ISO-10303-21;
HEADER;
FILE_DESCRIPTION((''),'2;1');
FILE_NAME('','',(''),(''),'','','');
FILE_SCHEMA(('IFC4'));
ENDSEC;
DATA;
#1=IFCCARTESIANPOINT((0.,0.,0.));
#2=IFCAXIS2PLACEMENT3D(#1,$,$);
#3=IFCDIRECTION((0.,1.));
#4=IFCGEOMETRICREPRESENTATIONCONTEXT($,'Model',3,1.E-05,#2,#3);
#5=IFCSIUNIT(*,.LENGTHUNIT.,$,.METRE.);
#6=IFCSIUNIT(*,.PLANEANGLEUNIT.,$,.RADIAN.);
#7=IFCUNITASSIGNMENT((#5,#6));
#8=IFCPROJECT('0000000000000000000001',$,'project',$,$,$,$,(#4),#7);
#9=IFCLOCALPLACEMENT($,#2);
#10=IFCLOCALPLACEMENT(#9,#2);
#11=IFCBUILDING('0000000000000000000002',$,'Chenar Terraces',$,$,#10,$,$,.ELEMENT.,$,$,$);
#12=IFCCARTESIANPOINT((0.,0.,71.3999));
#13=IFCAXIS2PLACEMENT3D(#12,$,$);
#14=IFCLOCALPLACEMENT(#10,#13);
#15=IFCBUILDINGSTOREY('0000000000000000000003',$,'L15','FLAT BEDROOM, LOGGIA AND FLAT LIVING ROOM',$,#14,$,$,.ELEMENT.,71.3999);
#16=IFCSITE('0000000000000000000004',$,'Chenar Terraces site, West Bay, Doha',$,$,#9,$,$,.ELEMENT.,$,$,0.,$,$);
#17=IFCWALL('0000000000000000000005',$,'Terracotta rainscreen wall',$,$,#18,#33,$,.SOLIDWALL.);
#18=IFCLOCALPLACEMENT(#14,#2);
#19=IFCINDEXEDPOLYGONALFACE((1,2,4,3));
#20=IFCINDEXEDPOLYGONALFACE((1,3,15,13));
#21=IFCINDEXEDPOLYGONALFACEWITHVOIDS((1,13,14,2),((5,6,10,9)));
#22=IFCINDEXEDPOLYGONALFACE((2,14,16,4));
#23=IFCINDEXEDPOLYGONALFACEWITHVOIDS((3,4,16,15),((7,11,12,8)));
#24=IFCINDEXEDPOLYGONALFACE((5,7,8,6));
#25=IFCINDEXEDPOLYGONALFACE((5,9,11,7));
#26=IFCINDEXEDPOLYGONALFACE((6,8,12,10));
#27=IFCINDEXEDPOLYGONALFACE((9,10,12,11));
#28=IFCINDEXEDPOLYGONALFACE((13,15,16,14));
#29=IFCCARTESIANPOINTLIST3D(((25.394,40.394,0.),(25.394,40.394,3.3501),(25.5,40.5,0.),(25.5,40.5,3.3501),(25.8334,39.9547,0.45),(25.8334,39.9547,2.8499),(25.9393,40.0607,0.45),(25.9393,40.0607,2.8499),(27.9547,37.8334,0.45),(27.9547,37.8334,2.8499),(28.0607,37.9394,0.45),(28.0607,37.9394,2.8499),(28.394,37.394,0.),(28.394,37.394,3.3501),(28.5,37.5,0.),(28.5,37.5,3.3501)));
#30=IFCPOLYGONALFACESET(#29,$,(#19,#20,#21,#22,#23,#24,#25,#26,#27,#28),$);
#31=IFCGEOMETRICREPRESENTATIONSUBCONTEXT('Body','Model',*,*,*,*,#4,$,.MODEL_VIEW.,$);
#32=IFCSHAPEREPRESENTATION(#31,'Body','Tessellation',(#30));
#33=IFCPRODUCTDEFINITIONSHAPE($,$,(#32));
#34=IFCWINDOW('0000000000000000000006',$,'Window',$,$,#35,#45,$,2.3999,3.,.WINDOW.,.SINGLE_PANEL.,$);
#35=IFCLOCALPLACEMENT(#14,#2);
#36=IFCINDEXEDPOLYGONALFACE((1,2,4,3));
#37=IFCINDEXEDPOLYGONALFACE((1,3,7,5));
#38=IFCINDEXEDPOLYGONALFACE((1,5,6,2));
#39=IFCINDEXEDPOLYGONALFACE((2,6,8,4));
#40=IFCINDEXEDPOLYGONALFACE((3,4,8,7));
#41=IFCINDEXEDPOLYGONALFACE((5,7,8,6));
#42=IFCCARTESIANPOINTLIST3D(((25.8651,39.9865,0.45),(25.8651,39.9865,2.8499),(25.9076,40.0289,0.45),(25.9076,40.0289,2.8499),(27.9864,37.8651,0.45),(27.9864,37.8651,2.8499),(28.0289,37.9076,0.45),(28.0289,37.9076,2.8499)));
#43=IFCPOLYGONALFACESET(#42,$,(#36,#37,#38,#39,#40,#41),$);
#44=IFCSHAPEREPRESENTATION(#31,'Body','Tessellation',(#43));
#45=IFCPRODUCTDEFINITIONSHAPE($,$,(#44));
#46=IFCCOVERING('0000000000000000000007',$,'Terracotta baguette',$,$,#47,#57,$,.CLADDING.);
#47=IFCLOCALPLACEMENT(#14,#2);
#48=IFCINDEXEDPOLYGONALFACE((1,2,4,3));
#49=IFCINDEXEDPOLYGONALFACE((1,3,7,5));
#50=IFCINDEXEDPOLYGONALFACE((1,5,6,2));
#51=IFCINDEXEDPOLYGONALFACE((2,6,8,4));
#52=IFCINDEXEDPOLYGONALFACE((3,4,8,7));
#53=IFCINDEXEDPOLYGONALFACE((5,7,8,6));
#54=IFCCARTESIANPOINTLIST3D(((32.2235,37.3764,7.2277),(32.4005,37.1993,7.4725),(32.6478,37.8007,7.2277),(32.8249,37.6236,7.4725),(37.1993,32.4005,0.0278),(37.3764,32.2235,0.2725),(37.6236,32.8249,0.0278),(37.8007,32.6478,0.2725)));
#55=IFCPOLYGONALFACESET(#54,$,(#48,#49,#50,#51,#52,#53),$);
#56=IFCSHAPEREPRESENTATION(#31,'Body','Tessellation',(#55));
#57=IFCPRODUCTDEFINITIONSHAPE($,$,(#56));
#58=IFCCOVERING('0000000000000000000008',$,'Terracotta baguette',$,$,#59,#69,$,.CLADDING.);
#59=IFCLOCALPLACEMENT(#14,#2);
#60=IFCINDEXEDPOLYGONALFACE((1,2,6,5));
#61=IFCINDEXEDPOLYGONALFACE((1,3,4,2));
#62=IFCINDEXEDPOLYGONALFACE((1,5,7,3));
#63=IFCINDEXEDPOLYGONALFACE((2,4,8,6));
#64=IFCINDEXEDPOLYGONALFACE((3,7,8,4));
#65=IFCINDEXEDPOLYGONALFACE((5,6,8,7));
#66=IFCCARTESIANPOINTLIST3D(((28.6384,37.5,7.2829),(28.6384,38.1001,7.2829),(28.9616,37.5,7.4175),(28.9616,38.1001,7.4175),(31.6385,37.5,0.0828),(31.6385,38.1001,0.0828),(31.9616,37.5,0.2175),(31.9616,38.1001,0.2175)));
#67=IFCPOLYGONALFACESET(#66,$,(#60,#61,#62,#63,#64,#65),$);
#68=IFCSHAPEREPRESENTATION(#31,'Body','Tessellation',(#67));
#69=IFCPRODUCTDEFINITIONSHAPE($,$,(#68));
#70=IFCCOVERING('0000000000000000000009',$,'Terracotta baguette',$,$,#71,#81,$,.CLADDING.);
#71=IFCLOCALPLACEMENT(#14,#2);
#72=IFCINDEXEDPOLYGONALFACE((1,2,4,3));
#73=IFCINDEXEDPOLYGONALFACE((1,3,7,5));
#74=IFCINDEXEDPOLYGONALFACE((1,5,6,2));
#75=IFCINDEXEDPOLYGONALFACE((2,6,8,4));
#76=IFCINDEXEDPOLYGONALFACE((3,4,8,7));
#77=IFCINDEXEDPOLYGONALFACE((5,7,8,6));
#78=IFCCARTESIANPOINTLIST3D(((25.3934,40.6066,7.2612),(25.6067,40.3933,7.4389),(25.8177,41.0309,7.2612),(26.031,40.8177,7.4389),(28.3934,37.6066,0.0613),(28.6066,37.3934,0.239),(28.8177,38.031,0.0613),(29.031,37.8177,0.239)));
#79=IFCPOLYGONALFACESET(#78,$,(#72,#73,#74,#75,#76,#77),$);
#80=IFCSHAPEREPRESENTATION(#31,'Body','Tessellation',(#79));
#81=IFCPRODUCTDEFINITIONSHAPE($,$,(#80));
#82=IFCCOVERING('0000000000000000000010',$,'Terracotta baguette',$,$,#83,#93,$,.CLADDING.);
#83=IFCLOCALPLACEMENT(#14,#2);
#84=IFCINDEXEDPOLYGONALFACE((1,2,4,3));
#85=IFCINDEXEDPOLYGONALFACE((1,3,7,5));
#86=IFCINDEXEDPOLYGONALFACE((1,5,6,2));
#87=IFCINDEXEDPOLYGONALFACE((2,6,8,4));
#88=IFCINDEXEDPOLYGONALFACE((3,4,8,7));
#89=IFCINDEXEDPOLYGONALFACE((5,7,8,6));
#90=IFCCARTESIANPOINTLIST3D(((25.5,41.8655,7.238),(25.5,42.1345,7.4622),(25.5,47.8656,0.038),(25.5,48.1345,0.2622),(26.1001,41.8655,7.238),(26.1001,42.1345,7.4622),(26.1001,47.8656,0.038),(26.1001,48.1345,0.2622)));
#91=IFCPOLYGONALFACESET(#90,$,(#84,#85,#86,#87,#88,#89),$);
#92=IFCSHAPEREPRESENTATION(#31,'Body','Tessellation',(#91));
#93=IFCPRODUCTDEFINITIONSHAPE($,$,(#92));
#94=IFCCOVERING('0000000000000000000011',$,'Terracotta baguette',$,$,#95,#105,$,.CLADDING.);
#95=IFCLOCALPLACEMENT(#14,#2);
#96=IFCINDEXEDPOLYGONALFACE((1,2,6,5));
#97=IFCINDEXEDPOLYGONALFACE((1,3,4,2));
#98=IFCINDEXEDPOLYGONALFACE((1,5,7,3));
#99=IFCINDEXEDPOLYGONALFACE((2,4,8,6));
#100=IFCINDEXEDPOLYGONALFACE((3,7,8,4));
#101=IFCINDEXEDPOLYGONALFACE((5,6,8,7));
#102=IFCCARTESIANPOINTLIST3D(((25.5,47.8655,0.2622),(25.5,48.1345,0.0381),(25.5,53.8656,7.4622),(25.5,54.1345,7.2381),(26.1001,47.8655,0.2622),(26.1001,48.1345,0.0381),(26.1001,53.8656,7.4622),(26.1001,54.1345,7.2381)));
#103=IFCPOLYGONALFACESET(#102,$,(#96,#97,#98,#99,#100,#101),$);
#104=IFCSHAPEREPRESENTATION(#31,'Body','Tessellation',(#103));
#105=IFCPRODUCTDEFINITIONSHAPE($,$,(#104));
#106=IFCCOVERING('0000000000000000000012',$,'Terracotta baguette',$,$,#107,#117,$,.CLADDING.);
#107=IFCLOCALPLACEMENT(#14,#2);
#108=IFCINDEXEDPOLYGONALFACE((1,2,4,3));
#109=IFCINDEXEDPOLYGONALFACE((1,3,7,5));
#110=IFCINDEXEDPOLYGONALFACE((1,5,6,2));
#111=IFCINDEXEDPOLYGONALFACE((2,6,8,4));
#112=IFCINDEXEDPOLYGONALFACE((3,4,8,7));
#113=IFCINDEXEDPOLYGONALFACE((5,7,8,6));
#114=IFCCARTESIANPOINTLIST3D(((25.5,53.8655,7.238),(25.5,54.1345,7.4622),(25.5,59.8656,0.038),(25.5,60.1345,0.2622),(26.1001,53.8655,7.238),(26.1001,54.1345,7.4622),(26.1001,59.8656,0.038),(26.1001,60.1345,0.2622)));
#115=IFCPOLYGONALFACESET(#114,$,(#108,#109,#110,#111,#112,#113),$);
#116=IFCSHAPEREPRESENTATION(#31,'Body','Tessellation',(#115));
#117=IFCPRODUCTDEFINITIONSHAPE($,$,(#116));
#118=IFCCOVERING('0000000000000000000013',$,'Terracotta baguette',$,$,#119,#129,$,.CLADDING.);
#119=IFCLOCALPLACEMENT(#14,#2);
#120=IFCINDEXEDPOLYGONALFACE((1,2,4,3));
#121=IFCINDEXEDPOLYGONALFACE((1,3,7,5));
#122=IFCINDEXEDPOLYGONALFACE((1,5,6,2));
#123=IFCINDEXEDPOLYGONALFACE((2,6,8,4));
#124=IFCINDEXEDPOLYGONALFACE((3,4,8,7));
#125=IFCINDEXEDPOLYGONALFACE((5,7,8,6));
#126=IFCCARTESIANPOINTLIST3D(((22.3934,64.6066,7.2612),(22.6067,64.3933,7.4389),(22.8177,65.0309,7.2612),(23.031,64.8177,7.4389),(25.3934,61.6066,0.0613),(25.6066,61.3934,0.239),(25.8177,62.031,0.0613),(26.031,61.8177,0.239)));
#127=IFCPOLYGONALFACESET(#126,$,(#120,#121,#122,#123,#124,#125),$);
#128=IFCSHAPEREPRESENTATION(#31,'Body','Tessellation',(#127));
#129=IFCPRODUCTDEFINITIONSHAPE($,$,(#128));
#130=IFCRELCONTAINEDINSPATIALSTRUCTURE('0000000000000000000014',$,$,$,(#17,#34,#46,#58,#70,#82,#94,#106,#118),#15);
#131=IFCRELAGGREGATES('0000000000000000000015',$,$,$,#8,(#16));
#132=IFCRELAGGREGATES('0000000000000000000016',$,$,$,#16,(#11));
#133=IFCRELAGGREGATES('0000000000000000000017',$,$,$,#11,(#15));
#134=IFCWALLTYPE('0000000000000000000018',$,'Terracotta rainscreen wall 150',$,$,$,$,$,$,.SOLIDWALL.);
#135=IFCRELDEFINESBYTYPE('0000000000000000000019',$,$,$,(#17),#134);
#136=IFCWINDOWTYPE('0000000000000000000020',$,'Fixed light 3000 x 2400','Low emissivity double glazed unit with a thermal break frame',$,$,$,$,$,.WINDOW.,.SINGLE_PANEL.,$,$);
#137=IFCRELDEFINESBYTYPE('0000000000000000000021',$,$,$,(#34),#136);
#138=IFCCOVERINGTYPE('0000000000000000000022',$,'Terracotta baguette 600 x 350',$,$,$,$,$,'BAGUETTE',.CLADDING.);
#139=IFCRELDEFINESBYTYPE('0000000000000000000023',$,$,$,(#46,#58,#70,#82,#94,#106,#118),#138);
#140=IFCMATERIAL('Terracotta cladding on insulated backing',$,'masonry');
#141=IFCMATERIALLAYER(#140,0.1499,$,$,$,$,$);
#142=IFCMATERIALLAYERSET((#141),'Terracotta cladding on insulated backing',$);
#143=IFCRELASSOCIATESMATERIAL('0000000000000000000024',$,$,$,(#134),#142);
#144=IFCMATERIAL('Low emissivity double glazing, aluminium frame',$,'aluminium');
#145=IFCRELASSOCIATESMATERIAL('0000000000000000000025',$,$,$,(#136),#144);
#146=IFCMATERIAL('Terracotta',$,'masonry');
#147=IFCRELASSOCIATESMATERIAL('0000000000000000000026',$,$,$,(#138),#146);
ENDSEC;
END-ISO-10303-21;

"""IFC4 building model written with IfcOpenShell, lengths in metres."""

from ifc_helpers import new_model, si_unit, direction, frame, frame_2d, origin, origin_2d, place, context, subcontext, project, spatial, rectangle, extrude, material, layer, layer_set, material_profile, profile_set, type_object, element, fill, save


model = new_model("IFC4")

# Units and contexts
model_context = context("Model", 3, precision=1e-05, world=origin(), true_north=direction((0.0, 1.0)))
body_context = subcontext(model_context, "Body", "Model", "MODEL_VIEW")
ifc_project = project(units=[si_unit("LENGTHUNIT", "METRE"), si_unit("PLANEANGLEUNIT", "RADIAN")], contexts=[model_context])

# Site, building, storey
site_placement = place(None, origin())
site = spatial("IfcSite", under=ifc_project, at=site_placement, Name="Chenar Terraces site, West Bay, Doha", CompositionType="ELEMENT", RefElevation=0.0)
building_placement = place(site_placement, origin())
building = spatial("IfcBuilding", under=site, at=building_placement, Name="Chenar Terraces", CompositionType="ELEMENT")
storey_placement = place(building_placement, frame((0.0, 0.0, 71.3999)))
storey = spatial("IfcBuildingStorey", under=building, at=storey_placement, Name="L15", Description="FLAT BEDROOM, LOGGIA AND FLAT LIVING ROOM", CompositionType="ELEMENT", Elevation=71.3999)

# Wall, opening, window
ifc_material_1 = material(Name="Terracotta cladding on insulated backing", Category="masonry")
ifc_layer_1 = layer(ifc_material_1, 0.1499)
ifc_layer_set_1 = layer_set([ifc_layer_1], Name="Terracotta cladding on insulated backing")
wall_type_1 = type_object("IfcWallType", Name="Terracotta rainscreen wall 150", PredefinedType="SOLIDWALL", material=ifc_layer_set_1)
wall_placement = place(storey_placement, frame((28.447, 37.447, 0.0), z_axis=(0.0, 0.0, 1.0), x_axis=(-0.707107, 0.707107, 0.0)))
wall = element("IfcWall", 1, at=wall_placement, inside=storey, type_object=wall_type_1, Name="Terracotta rainscreen wall", PredefinedType="SOLIDWALL", context=body_context, shape_type="SweptSolid", body=[
    extrude(rectangle(XDim=4.2427, YDim=0.1499, at=frame_2d((2.1213, 0.0))), origin(), (0.0, 0.0, 1.0), 3.3501),
])
opening_placement = place(wall_placement, frame((0.6213, 0.0, 0.45)))
opening = element("IfcOpeningElement", 2, at=opening_placement, cuts=wall, PredefinedType="OPENING", context=body_context, shape_type="SweptSolid", body=[
    extrude(rectangle(XDim=3.0, YDim=2.3999, at=frame_2d((1.5, 1.2))), frame((0.0, 0.085, 0.0), z_axis=(0.0, -1.0, 0.0), x_axis=(1.0, 0.0, 0.0)), (0.0, 0.0, 1.0), 0.1699),
])
ifc_material_2 = material(Name="Low emissivity double glazing, aluminium frame", Category="aluminium")
window_type = type_object("IfcWindowType", Name="Fixed light 3000 x 2400", Description="Low emissivity double glazed unit with a thermal break frame", PartitioningType="SINGLE_PANEL", PredefinedType="WINDOW", material=ifc_material_2)
window_placement = place(opening_placement, origin())
window = element("IfcWindow", 3, at=window_placement, inside=storey, type_object=window_type, Name="Window", OverallHeight=2.3999, OverallWidth=3.0, PartitioningType="SINGLE_PANEL", PredefinedType="WINDOW", context=body_context, shape_type="SweptSolid", body=[
    extrude(rectangle(XDim=3.0, YDim=2.3999, at=frame_2d((1.5, 1.2))), frame((0.0, 0.03, 0.0), z_axis=(0.0, -1.0, 0.0), x_axis=(1.0, 0.0, 0.0)), (0.0, 0.0, 1.0), 0.0601),
])
fill(opening, window)

# Coverings
ifc_material_3 = material(Name="Terracotta", Category="masonry")
ifc_material_profile_1 = material_profile(ifc_material_3, rectangle(XDim=0.6001, YDim=0.3501, at=origin_2d()), Name="Terracotta baguette 600 x 350")
ifc_profile_set_1 = profile_set([ifc_material_profile_1], Name="Terracotta")
covering_type = type_object("IfcCoveringType", Name="Terracotta baguette 600 x 350", ElementType="BAGUETTE", PredefinedType="CLADDING", material=ifc_profile_set_1)
covering_1_placement = place(storey_placement, frame((37.5, 32.5242, 0.1501), z_axis=(-0.494241, 0.494241, 0.715159), x_axis=(-0.707107, -0.707107, 0.0)))
element("IfcCovering", 4, at=covering_1_placement, inside=storey, type_object=covering_type, Name="Terracotta baguette", PredefinedType="CLADDING", context=body_context, shape_type="SweptSolid", body=[
    extrude(rectangle(XDim=0.6001, YDim=0.3501, at=origin_2d()), origin(), (0.0, 0.0, 1.0), 10.0676),
])
covering_2_placement = place(storey_placement, frame((31.8, 37.8, 0.1501), z_axis=(-0.384618, 0.0, 0.923076), x_axis=(0.0, -1.0, 0.0)))
element("IfcCovering", 5, at=covering_2_placement, inside=storey, type_object=covering_type, Name="Terracotta baguette", PredefinedType="CLADDING", context=body_context, shape_type="SweptSolid", body=[
    extrude(rectangle(XDim=0.6001, YDim=0.3501, at=origin_2d()), origin(), (0.0, 0.0, 1.0), 7.8),
])
covering_3_placement = place(storey_placement, frame((28.7122, 37.7122, 0.1501), z_axis=(-0.358981, 0.358981, 0.861548), x_axis=(-0.707107, -0.707107, 0.0)))
element("IfcCovering", 6, at=covering_3_placement, inside=storey, type_object=covering_type, Name="Terracotta baguette", PredefinedType="CLADDING", context=body_context, shape_type="SweptSolid", body=[
    extrude(rectangle(XDim=0.6001, YDim=0.3501, at=origin_2d()), origin(), (0.0, 0.0, 1.0), 8.3569),
])
for number, where, z_axis, x_axis, name in (
    (7, (25.8, 42.0, 7.3501), (0.0, 0.640187, -0.768219), (-1.0, 0.0, 0.0), "Terracotta baguette"),
    (8, (25.8, 48.0, 0.1501), (0.0, 0.640187, 0.768219), (-1.0, 0.0, 0.0), "Terracotta baguette"),
    (9, (25.8, 54.0, 7.3501), (0.0, 0.640187, -0.768219), (-1.0, 0.0, 0.0), "Terracotta baguette"),
):
    element("IfcCovering", number, at=place(storey_placement, frame(where, z_axis=z_axis, x_axis=x_axis)), inside=storey, type_object=covering_type, Name=name, PredefinedType="CLADDING", context=body_context, shape_type="SweptSolid", body=[
        extrude(rectangle(XDim=0.6001, YDim=0.3501, at=origin_2d()), origin(), (0.0, 0.0, 1.0), 9.3723),
    ])
covering_4_placement = place(storey_placement, frame((25.7122, 61.7122, 0.1501), z_axis=(-0.358981, 0.358981, 0.861548), x_axis=(-0.707107, -0.707107, 0.0)))
element("IfcCovering", 10, at=covering_4_placement, inside=storey, type_object=covering_type, Name="Terracotta baguette", PredefinedType="CLADDING", context=body_context, shape_type="SweptSolid", body=[
    extrude(rectangle(XDim=0.6001, YDim=0.3501, at=origin_2d()), origin(), (0.0, 0.0, 1.0), 8.3569),
])

save(model, "model.ifc")
